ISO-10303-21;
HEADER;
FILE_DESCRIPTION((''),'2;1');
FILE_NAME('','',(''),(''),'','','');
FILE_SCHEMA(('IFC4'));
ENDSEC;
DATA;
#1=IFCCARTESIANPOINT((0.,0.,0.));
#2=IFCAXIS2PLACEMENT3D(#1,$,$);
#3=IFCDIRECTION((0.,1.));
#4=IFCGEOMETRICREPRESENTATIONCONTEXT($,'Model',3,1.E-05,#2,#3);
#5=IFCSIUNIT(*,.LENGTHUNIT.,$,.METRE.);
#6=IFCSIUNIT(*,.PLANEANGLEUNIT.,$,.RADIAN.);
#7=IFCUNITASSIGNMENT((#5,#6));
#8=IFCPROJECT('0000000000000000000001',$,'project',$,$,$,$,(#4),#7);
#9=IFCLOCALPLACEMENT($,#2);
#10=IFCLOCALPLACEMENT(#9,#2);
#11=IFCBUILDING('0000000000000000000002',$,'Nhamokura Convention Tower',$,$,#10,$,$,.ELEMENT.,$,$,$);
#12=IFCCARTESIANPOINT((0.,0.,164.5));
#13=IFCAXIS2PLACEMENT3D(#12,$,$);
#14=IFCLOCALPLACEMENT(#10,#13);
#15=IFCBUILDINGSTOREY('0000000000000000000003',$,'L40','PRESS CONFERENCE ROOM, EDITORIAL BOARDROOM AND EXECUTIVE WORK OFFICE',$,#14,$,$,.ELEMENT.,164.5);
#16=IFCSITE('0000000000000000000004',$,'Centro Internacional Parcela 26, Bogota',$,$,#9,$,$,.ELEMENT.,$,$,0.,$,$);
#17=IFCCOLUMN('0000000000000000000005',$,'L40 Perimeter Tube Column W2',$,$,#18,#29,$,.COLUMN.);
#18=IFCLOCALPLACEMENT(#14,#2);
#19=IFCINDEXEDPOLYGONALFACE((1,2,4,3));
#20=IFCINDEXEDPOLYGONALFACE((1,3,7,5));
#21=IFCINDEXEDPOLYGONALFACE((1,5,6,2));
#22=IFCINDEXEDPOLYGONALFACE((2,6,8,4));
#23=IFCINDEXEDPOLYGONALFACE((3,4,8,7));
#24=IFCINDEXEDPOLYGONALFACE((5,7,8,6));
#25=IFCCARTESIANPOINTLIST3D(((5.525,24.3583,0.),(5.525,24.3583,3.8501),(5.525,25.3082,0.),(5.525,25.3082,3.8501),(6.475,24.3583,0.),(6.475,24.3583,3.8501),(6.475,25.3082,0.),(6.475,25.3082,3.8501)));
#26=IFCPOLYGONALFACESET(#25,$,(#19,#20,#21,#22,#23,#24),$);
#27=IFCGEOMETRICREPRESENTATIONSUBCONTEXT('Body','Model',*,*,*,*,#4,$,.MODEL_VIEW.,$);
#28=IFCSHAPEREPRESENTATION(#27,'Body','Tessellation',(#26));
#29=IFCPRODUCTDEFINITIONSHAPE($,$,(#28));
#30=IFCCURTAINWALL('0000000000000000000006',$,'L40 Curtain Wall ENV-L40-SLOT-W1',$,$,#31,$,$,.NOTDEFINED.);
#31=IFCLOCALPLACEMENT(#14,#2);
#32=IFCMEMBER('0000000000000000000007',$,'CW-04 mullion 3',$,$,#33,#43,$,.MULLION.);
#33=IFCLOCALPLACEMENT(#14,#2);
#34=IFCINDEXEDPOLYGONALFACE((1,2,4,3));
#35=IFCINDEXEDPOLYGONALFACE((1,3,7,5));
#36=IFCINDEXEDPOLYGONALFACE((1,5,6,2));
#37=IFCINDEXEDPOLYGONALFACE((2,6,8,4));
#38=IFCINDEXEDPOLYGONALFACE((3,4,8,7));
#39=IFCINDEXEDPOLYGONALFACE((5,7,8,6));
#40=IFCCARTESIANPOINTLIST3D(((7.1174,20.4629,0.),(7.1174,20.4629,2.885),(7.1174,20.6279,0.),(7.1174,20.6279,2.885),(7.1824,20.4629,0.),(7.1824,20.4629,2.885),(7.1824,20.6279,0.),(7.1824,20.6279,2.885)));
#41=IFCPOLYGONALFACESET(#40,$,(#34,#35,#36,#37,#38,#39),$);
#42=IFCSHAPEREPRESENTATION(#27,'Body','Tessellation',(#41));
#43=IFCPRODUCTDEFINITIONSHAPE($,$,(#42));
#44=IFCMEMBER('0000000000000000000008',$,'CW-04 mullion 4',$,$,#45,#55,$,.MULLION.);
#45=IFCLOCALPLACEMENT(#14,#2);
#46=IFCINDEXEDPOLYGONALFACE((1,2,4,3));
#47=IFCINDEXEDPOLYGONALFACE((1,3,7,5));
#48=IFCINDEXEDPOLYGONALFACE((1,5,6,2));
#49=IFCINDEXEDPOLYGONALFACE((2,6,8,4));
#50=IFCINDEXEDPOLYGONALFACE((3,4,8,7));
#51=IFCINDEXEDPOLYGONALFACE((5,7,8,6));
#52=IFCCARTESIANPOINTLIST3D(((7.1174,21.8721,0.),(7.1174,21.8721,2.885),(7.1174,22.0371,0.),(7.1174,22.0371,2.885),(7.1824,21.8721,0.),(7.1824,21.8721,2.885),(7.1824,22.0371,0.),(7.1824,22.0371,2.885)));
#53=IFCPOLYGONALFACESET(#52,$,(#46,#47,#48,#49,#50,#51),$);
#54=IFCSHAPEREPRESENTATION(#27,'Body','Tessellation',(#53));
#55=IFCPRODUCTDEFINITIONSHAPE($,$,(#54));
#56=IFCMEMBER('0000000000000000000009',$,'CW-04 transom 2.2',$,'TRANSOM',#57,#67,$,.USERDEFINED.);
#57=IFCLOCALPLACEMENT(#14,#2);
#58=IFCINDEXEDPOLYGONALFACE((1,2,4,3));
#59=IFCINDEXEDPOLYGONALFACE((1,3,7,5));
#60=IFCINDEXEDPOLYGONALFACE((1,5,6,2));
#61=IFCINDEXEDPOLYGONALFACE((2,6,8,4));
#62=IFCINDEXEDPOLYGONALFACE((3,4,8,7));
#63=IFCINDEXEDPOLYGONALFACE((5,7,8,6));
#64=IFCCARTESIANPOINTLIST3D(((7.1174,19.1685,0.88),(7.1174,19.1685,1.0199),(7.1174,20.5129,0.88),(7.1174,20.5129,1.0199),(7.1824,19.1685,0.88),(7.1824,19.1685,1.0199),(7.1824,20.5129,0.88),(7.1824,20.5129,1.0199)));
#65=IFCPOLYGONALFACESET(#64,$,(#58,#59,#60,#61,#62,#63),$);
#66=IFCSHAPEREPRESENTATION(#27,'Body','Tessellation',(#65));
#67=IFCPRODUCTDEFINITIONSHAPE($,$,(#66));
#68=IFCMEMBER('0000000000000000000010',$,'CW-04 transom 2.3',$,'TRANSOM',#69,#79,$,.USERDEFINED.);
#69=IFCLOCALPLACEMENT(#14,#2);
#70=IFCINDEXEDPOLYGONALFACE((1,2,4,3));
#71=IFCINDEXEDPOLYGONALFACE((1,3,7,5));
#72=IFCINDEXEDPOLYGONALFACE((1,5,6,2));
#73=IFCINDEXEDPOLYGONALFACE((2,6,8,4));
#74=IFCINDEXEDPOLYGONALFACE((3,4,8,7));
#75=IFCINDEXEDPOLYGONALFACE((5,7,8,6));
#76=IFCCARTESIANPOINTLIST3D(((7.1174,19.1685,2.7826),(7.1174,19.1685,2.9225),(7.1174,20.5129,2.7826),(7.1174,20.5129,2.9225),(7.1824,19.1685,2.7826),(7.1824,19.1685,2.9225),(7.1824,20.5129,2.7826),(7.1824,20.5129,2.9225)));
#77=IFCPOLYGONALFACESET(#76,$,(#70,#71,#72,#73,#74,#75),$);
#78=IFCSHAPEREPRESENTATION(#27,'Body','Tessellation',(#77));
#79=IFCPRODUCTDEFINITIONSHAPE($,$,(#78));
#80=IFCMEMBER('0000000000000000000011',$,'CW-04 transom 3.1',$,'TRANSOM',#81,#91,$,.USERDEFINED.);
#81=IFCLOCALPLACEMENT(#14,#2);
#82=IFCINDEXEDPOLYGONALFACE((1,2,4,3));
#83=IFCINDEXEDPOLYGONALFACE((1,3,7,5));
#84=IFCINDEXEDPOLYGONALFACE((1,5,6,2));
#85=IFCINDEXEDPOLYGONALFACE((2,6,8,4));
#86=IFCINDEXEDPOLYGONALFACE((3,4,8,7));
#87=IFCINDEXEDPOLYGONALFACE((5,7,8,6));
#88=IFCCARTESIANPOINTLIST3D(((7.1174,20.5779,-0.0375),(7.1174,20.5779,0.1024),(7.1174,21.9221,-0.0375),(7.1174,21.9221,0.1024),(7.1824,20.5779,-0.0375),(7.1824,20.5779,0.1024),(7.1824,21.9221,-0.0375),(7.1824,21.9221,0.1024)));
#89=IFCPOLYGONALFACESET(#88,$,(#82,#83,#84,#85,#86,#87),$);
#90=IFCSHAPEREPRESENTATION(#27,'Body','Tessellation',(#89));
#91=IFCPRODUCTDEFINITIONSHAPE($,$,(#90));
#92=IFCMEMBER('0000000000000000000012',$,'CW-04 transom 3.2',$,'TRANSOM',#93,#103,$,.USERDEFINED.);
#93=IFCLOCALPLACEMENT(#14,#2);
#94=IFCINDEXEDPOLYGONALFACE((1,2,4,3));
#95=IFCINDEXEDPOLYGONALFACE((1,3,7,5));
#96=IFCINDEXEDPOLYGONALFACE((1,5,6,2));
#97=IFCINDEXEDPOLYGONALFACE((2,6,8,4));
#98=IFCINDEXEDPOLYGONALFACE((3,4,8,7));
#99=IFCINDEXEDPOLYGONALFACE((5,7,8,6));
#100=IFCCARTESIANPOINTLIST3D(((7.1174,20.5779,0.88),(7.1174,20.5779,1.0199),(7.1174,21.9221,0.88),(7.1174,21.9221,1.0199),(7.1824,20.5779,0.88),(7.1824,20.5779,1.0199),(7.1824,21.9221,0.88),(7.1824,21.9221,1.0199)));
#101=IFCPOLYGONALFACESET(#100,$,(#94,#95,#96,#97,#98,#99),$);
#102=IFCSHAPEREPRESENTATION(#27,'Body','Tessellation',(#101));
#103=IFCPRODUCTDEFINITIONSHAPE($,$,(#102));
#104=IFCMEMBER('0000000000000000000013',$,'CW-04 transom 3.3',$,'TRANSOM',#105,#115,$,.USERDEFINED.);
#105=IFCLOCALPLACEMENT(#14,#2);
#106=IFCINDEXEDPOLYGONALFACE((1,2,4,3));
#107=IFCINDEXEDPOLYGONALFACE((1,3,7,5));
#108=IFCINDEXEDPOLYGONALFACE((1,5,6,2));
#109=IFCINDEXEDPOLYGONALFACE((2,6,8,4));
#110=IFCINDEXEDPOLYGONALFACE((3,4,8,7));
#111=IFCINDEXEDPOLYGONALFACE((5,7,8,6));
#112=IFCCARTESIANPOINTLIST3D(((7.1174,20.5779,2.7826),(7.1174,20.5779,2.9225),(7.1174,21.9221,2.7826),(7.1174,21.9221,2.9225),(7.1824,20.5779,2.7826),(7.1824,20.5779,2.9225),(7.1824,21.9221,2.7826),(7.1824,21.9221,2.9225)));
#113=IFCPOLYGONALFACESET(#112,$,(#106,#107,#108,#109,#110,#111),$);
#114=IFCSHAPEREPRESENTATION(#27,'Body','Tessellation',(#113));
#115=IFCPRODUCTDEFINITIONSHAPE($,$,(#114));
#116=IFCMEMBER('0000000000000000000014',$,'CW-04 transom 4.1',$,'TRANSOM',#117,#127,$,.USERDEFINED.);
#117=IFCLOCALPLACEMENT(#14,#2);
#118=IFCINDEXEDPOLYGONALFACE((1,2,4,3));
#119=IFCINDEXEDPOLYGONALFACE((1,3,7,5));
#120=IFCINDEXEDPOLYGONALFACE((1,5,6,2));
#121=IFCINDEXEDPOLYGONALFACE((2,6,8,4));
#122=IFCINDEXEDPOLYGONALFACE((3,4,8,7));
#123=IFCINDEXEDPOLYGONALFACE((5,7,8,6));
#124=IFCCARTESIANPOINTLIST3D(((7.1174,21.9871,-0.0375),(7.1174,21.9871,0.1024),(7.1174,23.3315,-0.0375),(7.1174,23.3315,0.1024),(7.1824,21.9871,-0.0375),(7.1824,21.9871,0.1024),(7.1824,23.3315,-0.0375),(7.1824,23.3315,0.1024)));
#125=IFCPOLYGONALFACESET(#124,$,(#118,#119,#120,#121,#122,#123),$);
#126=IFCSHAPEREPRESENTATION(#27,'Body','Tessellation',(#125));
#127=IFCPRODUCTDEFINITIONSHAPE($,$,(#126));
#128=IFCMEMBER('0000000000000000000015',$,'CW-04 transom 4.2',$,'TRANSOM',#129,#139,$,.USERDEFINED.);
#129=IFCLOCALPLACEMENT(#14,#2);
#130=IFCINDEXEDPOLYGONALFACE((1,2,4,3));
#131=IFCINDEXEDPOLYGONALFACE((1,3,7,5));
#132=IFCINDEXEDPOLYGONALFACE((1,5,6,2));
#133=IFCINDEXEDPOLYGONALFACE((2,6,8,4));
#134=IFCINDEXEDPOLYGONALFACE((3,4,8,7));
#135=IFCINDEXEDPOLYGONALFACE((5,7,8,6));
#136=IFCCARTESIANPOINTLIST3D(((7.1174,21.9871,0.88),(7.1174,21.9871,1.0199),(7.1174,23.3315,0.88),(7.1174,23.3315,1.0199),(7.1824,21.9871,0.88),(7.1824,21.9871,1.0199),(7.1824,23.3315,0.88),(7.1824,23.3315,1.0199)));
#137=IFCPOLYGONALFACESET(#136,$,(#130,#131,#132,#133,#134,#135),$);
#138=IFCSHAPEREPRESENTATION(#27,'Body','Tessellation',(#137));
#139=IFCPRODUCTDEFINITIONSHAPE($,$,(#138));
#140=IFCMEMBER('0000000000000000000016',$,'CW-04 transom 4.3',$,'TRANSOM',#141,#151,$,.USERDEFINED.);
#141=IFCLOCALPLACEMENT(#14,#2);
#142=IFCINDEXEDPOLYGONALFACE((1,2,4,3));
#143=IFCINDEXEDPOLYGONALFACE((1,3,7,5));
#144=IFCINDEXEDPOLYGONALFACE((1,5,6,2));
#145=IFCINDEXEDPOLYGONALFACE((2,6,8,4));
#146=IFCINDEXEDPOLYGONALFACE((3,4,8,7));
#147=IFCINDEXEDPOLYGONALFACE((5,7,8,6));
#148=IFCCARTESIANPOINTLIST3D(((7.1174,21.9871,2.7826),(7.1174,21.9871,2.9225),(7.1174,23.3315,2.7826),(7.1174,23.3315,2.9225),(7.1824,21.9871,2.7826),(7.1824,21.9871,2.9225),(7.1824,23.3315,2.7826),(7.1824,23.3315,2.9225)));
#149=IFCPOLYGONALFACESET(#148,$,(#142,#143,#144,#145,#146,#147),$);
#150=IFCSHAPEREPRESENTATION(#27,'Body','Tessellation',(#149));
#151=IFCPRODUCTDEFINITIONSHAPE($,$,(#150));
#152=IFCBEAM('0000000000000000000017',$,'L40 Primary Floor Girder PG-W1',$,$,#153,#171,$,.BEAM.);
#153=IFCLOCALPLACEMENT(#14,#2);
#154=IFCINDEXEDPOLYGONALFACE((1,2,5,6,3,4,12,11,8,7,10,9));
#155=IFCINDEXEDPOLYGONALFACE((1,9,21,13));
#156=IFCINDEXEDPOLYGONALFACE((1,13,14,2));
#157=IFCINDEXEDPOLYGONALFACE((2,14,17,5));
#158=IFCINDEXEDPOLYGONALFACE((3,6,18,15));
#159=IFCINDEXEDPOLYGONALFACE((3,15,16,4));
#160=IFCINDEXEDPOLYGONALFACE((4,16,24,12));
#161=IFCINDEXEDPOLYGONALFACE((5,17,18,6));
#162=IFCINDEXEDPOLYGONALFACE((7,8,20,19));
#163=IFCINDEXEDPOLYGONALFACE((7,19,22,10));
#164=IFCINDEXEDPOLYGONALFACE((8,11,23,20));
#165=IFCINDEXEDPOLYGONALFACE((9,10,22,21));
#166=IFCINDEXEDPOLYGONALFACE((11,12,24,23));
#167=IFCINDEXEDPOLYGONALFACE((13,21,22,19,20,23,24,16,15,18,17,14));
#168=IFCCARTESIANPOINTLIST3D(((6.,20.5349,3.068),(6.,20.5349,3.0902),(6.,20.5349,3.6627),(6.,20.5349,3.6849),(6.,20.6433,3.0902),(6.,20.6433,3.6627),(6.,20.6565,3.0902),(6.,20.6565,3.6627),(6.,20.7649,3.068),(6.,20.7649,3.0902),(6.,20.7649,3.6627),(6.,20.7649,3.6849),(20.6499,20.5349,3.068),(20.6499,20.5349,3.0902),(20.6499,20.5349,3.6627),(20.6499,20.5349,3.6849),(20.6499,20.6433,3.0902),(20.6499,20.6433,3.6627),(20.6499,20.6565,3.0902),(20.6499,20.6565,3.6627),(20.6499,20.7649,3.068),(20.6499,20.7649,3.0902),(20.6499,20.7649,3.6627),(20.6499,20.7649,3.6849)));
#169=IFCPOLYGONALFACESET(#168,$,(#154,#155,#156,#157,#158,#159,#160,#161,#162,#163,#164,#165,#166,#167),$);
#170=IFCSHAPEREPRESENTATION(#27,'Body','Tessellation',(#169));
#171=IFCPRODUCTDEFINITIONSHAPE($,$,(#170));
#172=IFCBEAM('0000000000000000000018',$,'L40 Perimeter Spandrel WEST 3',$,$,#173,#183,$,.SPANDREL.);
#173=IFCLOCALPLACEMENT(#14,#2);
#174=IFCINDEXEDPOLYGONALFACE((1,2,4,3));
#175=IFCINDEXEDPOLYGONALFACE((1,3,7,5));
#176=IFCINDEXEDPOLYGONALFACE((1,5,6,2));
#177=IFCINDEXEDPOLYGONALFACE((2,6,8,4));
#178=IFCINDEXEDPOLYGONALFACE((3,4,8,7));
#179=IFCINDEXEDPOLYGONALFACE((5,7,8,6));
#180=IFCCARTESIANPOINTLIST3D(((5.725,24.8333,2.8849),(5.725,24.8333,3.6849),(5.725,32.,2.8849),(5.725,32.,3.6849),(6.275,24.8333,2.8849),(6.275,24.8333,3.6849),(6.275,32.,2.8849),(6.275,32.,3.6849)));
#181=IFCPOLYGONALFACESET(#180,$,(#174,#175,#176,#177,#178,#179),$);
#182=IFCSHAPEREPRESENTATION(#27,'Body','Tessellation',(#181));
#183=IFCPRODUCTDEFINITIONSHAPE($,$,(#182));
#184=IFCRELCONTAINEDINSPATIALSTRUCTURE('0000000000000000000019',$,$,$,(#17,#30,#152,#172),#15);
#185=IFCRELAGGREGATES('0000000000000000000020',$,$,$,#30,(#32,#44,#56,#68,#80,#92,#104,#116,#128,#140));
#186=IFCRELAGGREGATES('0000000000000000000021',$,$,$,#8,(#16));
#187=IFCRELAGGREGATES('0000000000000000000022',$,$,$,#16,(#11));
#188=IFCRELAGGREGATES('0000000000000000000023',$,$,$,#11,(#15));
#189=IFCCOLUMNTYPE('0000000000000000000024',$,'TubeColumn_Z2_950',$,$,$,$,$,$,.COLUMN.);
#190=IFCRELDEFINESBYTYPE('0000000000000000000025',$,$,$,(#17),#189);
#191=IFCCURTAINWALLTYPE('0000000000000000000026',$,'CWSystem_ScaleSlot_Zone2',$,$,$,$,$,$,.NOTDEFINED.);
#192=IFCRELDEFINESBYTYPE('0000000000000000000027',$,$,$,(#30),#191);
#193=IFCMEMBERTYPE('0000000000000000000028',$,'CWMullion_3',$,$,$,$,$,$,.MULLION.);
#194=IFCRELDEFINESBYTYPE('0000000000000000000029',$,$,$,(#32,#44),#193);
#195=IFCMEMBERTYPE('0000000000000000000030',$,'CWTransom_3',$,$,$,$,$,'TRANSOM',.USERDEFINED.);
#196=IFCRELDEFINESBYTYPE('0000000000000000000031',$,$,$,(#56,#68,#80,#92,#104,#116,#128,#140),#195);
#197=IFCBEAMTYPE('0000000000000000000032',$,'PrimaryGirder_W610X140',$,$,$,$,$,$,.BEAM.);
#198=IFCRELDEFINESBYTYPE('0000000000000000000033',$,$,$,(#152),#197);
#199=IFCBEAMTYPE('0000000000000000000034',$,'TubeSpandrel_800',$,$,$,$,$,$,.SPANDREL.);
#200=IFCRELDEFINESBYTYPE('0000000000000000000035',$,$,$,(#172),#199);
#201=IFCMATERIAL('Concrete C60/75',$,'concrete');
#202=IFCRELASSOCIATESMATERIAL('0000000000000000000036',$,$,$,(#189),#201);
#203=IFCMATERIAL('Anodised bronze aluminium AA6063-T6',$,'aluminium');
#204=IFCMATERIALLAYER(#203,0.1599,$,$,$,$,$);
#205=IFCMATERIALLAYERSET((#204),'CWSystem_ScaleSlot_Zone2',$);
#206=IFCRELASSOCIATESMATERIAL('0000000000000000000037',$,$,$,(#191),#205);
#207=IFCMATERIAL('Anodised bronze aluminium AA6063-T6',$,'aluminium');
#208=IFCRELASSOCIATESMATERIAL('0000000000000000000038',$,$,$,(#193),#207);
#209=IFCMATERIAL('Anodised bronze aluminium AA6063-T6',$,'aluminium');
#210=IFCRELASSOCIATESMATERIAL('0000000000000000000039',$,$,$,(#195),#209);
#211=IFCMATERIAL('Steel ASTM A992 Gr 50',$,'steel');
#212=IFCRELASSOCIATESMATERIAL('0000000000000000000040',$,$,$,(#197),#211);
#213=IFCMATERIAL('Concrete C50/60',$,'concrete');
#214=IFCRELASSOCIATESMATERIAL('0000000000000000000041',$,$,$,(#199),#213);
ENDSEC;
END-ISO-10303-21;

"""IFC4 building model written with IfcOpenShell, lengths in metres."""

from ifc_helpers import new_model, si_unit, direction, frame, origin, origin_2d, place, context, subcontext, project, spatial, rectangle, i_section, extrude, material, layer, layer_set, material_profile, profile_set, type_object, element, aggregate, save


model = new_model("IFC4")

# Units and contexts
model_context = context("Model", 3, precision=1e-05, world=origin(), true_north=direction((0.0, 1.0)))
body_context = subcontext(model_context, "Body", "Model", "MODEL_VIEW")
ifc_project = project(units=[si_unit("LENGTHUNIT", "METRE"), si_unit("PLANEANGLEUNIT", "RADIAN")], contexts=[model_context])

# Site, building, storey
site_placement = place(None, origin())
site = spatial("IfcSite", under=ifc_project, at=site_placement, Name="Centro Internacional Parcela 26, Bogota", CompositionType="ELEMENT", RefElevation=0.0)
building_placement = place(site_placement, origin())
building = spatial("IfcBuilding", under=site, at=building_placement, Name="Nhamokura Convention Tower", CompositionType="ELEMENT")
storey_placement = place(building_placement, frame((0.0, 0.0, 164.5)))
storey = spatial("IfcBuildingStorey", under=building, at=storey_placement, Name="L40", Description="PRESS CONFERENCE ROOM, EDITORIAL BOARDROOM AND EXECUTIVE WORK OFFICE", CompositionType="ELEMENT", Elevation=164.5)

# Column
ifc_material_1 = material(Name="Concrete C60/75", Category="concrete")
ifc_material_profile_1 = material_profile(ifc_material_1, rectangle(XDim=0.95, YDim=0.95, at=origin_2d()))
ifc_profile_set_1 = profile_set([ifc_material_profile_1], Name="Concrete C60/75")
column_type = type_object("IfcColumnType", Name="TubeColumn_Z2_950", PredefinedType="COLUMN", material=ifc_profile_set_1)
column_placement = place(storey_placement, frame((6.0, 24.8333, 0.0), z_axis=(0.0, 0.0, 1.0), x_axis=(1.0, 0.0, 0.0)))
element("IfcColumn", 1, at=column_placement, inside=storey, type_object=column_type, Name="L40 Perimeter Tube Column W2", PredefinedType="COLUMN", context=body_context, shape_type="SweptSolid", body=[
    extrude(rectangle(XDim=0.95, YDim=0.95, at=origin_2d()), origin(), (0.0, 0.0, 1.0), 3.8501),
])

# Curtain wall, members
ifc_material_2 = material(Name="Anodised bronze aluminium AA6063-T6", Category="aluminium")
ifc_layer_1 = layer(ifc_material_2, 0.1599)
ifc_layer_set_1 = layer_set([ifc_layer_1], Name="CWSystem_ScaleSlot_Zone2")
curtain_wall_type = type_object("IfcCurtainWallType", Name="CWSystem_ScaleSlot_Zone2", PredefinedType="NOTDEFINED", material=ifc_layer_set_1)
curtain_wall_placement = place(storey_placement, origin())
curtain_wall = element("IfcCurtainWall", 2, at=curtain_wall_placement, inside=storey, type_object=curtain_wall_type, Name="L40 Curtain Wall ENV-L40-SLOT-W1", PredefinedType="NOTDEFINED")
ifc_material_3 = material(Name="Anodised bronze aluminium AA6063-T6", Category="aluminium")
ifc_material_profile_2 = material_profile(ifc_material_3, rectangle(XDim=0.0649, YDim=0.165, at=origin_2d()))
ifc_profile_set_2 = profile_set([ifc_material_profile_2], Name="Anodised bronze aluminium AA6063-T6")
member_type_1 = type_object("IfcMemberType", Name="CWMullion_3", PredefinedType="MULLION", material=ifc_profile_set_2)
member_1_placement = place(storey_placement, frame((7.1499, 20.5454, 0.0), z_axis=(0.0, 0.0, 1.0), x_axis=(-1.0, 0.0, 0.0)))
member_1 = element("IfcMember", 3, at=member_1_placement, type_object=member_type_1, Name="CW-04 mullion 3", PredefinedType="MULLION", context=body_context, shape_type="SweptSolid", body=[
    extrude(rectangle(XDim=0.0649, YDim=0.165, at=origin_2d()), origin(), (0.0, 0.0, 1.0), 2.885),
])
member_2_placement = place(storey_placement, frame((7.1499, 21.9546, 0.0), z_axis=(0.0, 0.0, 1.0), x_axis=(-1.0, 0.0, 0.0)))
member_2 = element("IfcMember", 4, at=member_2_placement, type_object=member_type_1, Name="CW-04 mullion 4", PredefinedType="MULLION", context=body_context, shape_type="SweptSolid", body=[
    extrude(rectangle(XDim=0.0649, YDim=0.165, at=origin_2d()), origin(), (0.0, 0.0, 1.0), 2.885),
])
ifc_material_4 = material(Name="Anodised bronze aluminium AA6063-T6", Category="aluminium")
ifc_material_profile_3 = material_profile(ifc_material_4, rectangle(XDim=0.0649, YDim=0.1399, at=origin_2d()))
ifc_profile_set_3 = profile_set([ifc_material_profile_3], Name="Anodised bronze aluminium AA6063-T6")
member_type_2 = type_object("IfcMemberType", Name="CWTransom_3", ElementType="TRANSOM", PredefinedType="USERDEFINED", material=ifc_profile_set_3)
member_3_placement = place(storey_placement, frame((7.1499, 19.1685, 0.95), z_axis=(0.0, 1.0, 0.0), x_axis=(-1.0, 0.0, 0.0)))
member_3 = element("IfcMember", 5, at=member_3_placement, type_object=member_type_2, Name="CW-04 transom 2.2", ObjectType="TRANSOM", PredefinedType="USERDEFINED", context=body_context, shape_type="SweptSolid", body=[
    extrude(rectangle(XDim=0.0649, YDim=0.1399, at=origin_2d()), origin(), (0.0, 0.0, 1.0), 1.3445),
])
member_4_placement = place(storey_placement, frame((7.1499, 19.1685, 2.8525), z_axis=(0.0, 1.0, 0.0), x_axis=(-1.0, 0.0, 0.0)))
member_4 = element("IfcMember", 6, at=member_4_placement, type_object=member_type_2, Name="CW-04 transom 2.3", ObjectType="TRANSOM", PredefinedType="USERDEFINED", context=body_context, shape_type="SweptSolid", body=[
    extrude(rectangle(XDim=0.0649, YDim=0.1399, at=origin_2d()), origin(), (0.0, 0.0, 1.0), 1.3445),
])
member_5_placement = place(storey_placement, frame((7.1499, 20.5779, 0.0325), z_axis=(0.0, 1.0, 0.0), x_axis=(-1.0, 0.0, 0.0)))
member_5 = element("IfcMember", 7, at=member_5_placement, type_object=member_type_2, Name="CW-04 transom 3.1", ObjectType="TRANSOM", PredefinedType="USERDEFINED", context=body_context, shape_type="SweptSolid", body=[
    extrude(rectangle(XDim=0.0649, YDim=0.1399, at=origin_2d()), origin(), (0.0, 0.0, 1.0), 1.3442),
])
member_6_placement = place(storey_placement, frame((7.1499, 20.5779, 0.95), z_axis=(0.0, 1.0, 0.0), x_axis=(-1.0, 0.0, 0.0)))
member_6 = element("IfcMember", 8, at=member_6_placement, type_object=member_type_2, Name="CW-04 transom 3.2", ObjectType="TRANSOM", PredefinedType="USERDEFINED", context=body_context, shape_type="SweptSolid", body=[
    extrude(rectangle(XDim=0.0649, YDim=0.1399, at=origin_2d()), origin(), (0.0, 0.0, 1.0), 1.3442),
])
member_7_placement = place(storey_placement, frame((7.1499, 20.5779, 2.8525), z_axis=(0.0, 1.0, 0.0), x_axis=(-1.0, 0.0, 0.0)))
member_7 = element("IfcMember", 9, at=member_7_placement, type_object=member_type_2, Name="CW-04 transom 3.3", ObjectType="TRANSOM", PredefinedType="USERDEFINED", context=body_context, shape_type="SweptSolid", body=[
    extrude(rectangle(XDim=0.0649, YDim=0.1399, at=origin_2d()), origin(), (0.0, 0.0, 1.0), 1.3442),
])
member_8_placement = place(storey_placement, frame((7.1499, 21.9871, 0.0325), z_axis=(0.0, 1.0, 0.0), x_axis=(-1.0, 0.0, 0.0)))
member_8 = element("IfcMember", 10, at=member_8_placement, type_object=member_type_2, Name="CW-04 transom 4.1", ObjectType="TRANSOM", PredefinedType="USERDEFINED", context=body_context, shape_type="SweptSolid", body=[
    extrude(rectangle(XDim=0.0649, YDim=0.1399, at=origin_2d()), origin(), (0.0, 0.0, 1.0), 1.3445),
])
member_9_placement = place(storey_placement, frame((7.1499, 21.9871, 0.95), z_axis=(0.0, 1.0, 0.0), x_axis=(-1.0, 0.0, 0.0)))
member_9 = element("IfcMember", 11, at=member_9_placement, type_object=member_type_2, Name="CW-04 transom 4.2", ObjectType="TRANSOM", PredefinedType="USERDEFINED", context=body_context, shape_type="SweptSolid", body=[
    extrude(rectangle(XDim=0.0649, YDim=0.1399, at=origin_2d()), origin(), (0.0, 0.0, 1.0), 1.3445),
])
member_10_placement = place(storey_placement, frame((7.1499, 21.9871, 2.8525), z_axis=(0.0, 1.0, 0.0), x_axis=(-1.0, 0.0, 0.0)))
member_10 = element("IfcMember", 12, at=member_10_placement, type_object=member_type_2, Name="CW-04 transom 4.3", ObjectType="TRANSOM", PredefinedType="USERDEFINED", context=body_context, shape_type="SweptSolid", body=[
    extrude(rectangle(XDim=0.0649, YDim=0.1399, at=origin_2d()), origin(), (0.0, 0.0, 1.0), 1.3445),
])

# Beams
ifc_material_5 = material(Name="Steel ASTM A992 Gr 50", Category="steel")
ifc_material_profile_4 = material_profile(ifc_material_5, i_section(OverallWidth=0.23, OverallDepth=0.6169, WebThickness=0.0132, FlangeThickness=0.0222, at=origin_2d()))
ifc_profile_set_4 = profile_set([ifc_material_profile_4], Name="Steel ASTM A992 Gr 50")
beam_type_1 = type_object("IfcBeamType", Name="PrimaryGirder_W610X140", PredefinedType="BEAM", material=ifc_profile_set_4)
beam_1_placement = place(storey_placement, frame((6.0, 20.6499, 3.3765), z_axis=(1.0, 0.0, 0.0), x_axis=(0.0, 1.0, 0.0)))
element("IfcBeam", 13, at=beam_1_placement, inside=storey, type_object=beam_type_1, Name="L40 Primary Floor Girder PG-W1", PredefinedType="BEAM", context=body_context, shape_type="SweptSolid", body=[
    extrude(i_section(OverallWidth=0.23, OverallDepth=0.6169, WebThickness=0.0132, FlangeThickness=0.0222, at=origin_2d()), origin(), (0.0, 0.0, 1.0), 14.6499),
])
ifc_material_6 = material(Name="Concrete C50/60", Category="concrete")
ifc_material_profile_5 = material_profile(ifc_material_6, rectangle(XDim=0.55, YDim=0.8, at=origin_2d()))
ifc_profile_set_5 = profile_set([ifc_material_profile_5], Name="Concrete C50/60")
beam_type_2 = type_object("IfcBeamType", Name="TubeSpandrel_800", PredefinedType="SPANDREL", material=ifc_profile_set_5)
beam_2_placement = place(storey_placement, frame((6.0, 24.8333, 3.2849), z_axis=(0.0, 1.0, 0.0), x_axis=(-1.0, 0.0, 0.0)))
element("IfcBeam", 14, at=beam_2_placement, inside=storey, type_object=beam_type_2, Name="L40 Perimeter Spandrel WEST 3", PredefinedType="SPANDREL", context=body_context, shape_type="SweptSolid", body=[
    extrude(rectangle(XDim=0.55, YDim=0.8, at=origin_2d()), origin(), (0.0, 0.0, 1.0), 7.1667),
])

aggregate(curtain_wall, [member_1, member_2, member_3, member_4, member_5, member_6, member_7, member_8, member_9, member_10])

save(model, "model.ifc")
